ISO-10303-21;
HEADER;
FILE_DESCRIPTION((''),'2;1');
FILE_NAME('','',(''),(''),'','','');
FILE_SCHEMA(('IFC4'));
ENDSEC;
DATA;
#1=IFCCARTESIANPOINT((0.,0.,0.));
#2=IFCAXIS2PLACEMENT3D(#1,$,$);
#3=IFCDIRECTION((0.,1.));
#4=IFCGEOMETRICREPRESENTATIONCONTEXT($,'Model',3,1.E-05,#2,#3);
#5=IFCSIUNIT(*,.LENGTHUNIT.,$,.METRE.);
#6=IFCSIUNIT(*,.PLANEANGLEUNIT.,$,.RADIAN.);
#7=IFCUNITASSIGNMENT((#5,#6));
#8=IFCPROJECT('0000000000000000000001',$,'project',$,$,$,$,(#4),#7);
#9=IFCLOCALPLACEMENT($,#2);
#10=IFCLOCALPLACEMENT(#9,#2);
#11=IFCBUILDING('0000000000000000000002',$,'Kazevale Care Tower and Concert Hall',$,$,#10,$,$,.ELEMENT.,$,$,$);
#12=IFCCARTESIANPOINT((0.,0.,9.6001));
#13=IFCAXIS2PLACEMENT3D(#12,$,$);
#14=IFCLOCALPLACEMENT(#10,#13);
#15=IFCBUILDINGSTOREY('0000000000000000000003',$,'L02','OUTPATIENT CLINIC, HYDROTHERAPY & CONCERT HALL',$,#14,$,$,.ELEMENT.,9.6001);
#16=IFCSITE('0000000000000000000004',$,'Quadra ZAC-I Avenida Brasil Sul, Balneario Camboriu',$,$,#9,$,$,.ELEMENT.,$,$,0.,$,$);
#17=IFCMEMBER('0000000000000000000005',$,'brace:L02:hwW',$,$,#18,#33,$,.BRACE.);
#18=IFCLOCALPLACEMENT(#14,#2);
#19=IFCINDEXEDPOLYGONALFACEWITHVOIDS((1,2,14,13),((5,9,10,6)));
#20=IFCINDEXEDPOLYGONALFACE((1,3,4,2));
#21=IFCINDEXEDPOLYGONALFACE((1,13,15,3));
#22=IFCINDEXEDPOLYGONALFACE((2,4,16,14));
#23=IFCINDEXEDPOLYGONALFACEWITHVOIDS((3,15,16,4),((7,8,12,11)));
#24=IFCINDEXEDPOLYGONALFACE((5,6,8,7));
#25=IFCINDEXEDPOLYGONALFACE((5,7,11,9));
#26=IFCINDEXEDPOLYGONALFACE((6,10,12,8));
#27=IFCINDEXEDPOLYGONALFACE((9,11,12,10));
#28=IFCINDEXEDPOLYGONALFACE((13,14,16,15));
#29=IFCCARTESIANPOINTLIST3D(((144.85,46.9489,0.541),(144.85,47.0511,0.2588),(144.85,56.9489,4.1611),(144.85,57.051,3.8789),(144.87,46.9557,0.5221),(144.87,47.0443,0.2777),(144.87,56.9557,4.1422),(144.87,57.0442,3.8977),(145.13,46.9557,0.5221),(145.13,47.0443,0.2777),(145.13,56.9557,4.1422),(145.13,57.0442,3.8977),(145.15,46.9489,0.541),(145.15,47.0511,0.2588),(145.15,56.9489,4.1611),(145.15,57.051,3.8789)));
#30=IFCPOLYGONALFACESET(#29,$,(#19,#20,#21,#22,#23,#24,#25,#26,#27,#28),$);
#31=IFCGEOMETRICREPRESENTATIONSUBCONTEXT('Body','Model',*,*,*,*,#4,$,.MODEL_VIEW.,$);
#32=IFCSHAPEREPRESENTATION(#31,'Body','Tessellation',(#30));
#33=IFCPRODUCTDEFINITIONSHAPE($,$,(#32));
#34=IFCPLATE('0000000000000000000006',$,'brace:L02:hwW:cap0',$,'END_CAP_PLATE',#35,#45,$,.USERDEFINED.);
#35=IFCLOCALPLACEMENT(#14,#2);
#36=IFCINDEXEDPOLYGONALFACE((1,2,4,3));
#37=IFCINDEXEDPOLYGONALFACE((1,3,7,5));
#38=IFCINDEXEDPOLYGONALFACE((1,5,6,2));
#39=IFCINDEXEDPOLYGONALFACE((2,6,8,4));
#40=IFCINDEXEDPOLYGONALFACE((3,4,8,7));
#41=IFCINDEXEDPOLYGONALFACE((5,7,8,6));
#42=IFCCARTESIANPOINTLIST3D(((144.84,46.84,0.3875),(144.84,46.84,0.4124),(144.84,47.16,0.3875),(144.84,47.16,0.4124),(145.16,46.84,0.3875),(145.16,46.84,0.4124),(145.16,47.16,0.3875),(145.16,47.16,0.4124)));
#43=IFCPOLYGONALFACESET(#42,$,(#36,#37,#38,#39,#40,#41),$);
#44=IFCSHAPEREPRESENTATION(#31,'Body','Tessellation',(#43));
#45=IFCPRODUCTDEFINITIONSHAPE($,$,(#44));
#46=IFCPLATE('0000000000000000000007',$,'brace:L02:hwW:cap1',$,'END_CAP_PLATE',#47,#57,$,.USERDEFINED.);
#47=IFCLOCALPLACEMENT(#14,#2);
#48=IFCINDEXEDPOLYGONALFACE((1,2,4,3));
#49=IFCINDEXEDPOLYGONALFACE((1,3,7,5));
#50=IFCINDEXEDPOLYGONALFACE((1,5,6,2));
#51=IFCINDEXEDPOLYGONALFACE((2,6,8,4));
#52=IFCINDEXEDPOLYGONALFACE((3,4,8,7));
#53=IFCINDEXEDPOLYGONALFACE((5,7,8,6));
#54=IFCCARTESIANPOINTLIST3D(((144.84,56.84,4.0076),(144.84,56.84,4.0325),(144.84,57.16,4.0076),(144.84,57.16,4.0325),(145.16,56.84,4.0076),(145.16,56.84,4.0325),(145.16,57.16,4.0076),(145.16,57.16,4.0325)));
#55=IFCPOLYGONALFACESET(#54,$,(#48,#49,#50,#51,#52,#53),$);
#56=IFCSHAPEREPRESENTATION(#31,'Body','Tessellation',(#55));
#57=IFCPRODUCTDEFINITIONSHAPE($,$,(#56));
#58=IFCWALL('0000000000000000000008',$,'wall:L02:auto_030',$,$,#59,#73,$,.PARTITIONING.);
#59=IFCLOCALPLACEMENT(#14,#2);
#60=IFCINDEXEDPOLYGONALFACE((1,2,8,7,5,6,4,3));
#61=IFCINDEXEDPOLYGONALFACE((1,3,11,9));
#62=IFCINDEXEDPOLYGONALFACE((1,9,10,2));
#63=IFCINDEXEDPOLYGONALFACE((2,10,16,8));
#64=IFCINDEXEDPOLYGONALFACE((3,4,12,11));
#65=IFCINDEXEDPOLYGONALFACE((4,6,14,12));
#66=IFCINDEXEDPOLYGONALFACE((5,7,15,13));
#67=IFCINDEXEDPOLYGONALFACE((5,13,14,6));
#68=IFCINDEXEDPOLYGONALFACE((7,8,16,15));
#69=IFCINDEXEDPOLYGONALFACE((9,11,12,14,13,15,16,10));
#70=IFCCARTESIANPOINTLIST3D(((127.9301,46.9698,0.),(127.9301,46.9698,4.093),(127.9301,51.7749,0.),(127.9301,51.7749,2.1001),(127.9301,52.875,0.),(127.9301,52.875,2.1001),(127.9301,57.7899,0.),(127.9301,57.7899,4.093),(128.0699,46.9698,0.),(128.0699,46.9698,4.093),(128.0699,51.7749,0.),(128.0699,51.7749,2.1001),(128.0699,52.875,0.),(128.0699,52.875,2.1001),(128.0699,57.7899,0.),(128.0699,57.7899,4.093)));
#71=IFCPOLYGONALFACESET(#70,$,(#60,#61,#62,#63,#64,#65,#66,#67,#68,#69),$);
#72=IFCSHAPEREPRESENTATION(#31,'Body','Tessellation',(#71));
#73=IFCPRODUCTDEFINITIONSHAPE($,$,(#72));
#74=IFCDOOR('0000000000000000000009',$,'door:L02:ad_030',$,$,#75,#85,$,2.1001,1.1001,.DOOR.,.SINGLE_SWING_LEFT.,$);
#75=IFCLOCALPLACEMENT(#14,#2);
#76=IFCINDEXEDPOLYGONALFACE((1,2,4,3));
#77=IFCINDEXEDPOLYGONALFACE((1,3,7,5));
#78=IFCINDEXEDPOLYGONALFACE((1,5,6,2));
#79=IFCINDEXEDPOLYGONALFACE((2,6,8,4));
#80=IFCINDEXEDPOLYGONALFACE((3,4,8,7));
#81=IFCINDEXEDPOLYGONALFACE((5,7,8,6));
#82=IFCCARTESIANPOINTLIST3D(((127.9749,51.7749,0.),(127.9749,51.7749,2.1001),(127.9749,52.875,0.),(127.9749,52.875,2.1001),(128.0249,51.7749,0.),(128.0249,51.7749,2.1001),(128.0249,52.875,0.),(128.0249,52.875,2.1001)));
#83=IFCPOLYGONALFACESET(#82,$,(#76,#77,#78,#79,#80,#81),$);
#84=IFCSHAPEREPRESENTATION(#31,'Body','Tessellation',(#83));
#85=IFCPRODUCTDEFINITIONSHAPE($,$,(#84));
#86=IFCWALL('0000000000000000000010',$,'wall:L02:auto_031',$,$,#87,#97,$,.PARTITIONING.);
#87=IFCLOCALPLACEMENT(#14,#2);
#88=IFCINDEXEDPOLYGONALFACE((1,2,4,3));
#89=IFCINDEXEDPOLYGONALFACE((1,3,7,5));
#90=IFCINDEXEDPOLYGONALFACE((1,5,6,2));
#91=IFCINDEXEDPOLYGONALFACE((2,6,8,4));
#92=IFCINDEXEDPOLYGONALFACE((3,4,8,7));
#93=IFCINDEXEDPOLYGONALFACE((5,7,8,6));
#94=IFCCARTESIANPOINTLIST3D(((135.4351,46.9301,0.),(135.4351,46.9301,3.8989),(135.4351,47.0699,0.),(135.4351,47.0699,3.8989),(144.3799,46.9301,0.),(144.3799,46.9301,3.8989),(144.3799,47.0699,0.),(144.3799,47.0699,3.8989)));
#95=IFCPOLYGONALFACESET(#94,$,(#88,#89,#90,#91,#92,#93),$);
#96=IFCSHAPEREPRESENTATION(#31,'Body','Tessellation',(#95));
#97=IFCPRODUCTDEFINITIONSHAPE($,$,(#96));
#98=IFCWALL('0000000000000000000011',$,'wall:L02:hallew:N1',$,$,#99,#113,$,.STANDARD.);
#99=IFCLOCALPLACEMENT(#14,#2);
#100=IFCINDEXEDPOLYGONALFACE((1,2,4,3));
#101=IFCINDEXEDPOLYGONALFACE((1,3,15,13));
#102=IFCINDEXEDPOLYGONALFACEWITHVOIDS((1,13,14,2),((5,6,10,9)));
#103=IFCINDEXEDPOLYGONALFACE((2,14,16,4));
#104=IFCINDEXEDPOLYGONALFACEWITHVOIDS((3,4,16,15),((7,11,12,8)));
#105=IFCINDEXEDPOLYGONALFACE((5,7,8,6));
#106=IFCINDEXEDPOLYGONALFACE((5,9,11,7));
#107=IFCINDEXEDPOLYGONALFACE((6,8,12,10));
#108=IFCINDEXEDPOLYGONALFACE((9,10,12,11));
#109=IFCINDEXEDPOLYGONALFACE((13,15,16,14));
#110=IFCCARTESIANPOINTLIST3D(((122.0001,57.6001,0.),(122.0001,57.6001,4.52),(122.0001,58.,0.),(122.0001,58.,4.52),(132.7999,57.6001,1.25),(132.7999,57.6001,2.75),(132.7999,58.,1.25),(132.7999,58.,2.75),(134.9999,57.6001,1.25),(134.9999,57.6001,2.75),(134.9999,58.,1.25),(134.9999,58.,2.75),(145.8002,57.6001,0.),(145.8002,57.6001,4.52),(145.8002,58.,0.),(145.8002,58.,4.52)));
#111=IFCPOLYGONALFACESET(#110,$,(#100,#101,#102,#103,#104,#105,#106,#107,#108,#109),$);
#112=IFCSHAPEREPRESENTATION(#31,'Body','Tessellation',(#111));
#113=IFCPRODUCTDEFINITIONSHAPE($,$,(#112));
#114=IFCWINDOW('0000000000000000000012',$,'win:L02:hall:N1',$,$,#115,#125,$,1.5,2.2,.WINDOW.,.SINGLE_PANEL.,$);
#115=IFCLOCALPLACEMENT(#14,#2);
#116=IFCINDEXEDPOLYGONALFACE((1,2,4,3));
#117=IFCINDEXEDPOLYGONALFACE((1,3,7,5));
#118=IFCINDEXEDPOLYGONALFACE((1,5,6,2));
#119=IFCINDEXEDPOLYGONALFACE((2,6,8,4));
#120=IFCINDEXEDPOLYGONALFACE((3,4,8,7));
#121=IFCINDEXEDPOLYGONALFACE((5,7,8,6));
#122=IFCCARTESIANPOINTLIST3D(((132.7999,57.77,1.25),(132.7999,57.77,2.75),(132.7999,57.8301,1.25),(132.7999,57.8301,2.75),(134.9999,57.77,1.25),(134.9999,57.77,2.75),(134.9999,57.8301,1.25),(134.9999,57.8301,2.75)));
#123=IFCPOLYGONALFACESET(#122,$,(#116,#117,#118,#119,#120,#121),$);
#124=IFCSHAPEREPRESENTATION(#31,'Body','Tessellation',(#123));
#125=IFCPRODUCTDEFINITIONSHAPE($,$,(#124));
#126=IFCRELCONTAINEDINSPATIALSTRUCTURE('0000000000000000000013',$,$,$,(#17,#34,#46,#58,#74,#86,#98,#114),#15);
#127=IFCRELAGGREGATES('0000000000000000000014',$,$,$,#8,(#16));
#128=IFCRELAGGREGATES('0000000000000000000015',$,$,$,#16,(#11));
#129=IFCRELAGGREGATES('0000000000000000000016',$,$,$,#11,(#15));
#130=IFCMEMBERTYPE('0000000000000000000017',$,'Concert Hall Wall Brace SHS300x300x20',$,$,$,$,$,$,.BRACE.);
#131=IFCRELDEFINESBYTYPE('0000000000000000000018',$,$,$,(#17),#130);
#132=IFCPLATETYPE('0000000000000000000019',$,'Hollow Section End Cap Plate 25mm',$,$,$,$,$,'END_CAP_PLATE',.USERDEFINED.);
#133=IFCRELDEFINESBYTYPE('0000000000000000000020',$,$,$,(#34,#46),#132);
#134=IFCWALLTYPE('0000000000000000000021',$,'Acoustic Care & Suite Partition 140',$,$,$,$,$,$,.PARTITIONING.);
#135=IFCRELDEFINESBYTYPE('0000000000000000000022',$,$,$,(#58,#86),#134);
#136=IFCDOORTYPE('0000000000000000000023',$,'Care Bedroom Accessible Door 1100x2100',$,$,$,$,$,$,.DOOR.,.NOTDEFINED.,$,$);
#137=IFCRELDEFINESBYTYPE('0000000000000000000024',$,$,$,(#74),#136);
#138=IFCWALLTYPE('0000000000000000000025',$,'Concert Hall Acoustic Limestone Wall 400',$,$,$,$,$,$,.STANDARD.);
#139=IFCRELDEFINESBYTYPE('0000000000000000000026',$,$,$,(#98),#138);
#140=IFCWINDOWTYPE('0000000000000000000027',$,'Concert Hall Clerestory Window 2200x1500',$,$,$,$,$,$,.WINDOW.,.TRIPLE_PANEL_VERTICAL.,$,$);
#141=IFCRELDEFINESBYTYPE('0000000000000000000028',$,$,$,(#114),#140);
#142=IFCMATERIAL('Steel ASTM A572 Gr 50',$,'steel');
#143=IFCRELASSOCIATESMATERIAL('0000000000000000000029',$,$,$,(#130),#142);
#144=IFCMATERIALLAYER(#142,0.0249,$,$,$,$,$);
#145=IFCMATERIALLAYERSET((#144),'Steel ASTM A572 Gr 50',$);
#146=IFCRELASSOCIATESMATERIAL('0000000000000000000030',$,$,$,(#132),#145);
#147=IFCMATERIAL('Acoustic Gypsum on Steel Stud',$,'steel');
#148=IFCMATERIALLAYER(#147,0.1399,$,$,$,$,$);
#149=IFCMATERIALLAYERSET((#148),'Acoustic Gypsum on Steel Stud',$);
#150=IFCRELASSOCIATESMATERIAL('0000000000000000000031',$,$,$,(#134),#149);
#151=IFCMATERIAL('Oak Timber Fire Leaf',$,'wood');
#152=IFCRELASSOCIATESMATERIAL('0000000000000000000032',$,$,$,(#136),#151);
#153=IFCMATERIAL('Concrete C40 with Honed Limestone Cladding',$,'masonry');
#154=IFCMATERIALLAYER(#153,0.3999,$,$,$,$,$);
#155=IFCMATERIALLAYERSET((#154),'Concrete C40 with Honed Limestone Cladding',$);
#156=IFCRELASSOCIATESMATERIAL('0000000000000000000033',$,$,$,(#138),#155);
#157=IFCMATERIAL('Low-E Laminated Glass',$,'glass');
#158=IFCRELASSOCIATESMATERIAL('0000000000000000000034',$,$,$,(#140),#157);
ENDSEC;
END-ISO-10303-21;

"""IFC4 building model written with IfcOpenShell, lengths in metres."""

from ifc_helpers import new_model, si_unit, direction, frame, frame_2d, origin, origin_2d, place, context, subcontext, project, spatial, rectangle, hollow_rectangle, extrude, material, layer, layer_set, material_profile, profile_set, type_object, element, fill, save


model = new_model("IFC4")

# Units and contexts
model_context = context("Model", 3, precision=1e-05, world=origin(), true_north=direction((0.0, 1.0)))
body_context = subcontext(model_context, "Body", "Model", "MODEL_VIEW")
ifc_project = project(units=[si_unit("LENGTHUNIT", "METRE"), si_unit("PLANEANGLEUNIT", "RADIAN")], contexts=[model_context])

# Site, building, storey
site_placement = place(None, origin())
site = spatial("IfcSite", under=ifc_project, at=site_placement, Name="Quadra ZAC-I Avenida Brasil Sul, Balneario Camboriu", CompositionType="ELEMENT", RefElevation=0.0)
building_placement = place(site_placement, origin())
building = spatial("IfcBuilding", under=site, at=building_placement, Name="Kazevale Care Tower and Concert Hall", CompositionType="ELEMENT")
storey_placement = place(building_placement, frame((0.0, 0.0, 9.6001)))
storey = spatial("IfcBuildingStorey", under=building, at=storey_placement, Name="L02", Description="OUTPATIENT CLINIC, HYDROTHERAPY & CONCERT HALL", CompositionType="ELEMENT", Elevation=9.6001)

# Shared definitions
ifc_material_1 = material(Name="Steel ASTM A572 Gr 50", Category="steel")

# Member
ifc_material_profile_1 = material_profile(ifc_material_1, hollow_rectangle(XDim=0.3, YDim=0.3, WallThickness=0.02, at=origin_2d()), Name="SHS300x300x20")
ifc_profile_set_1 = profile_set([ifc_material_profile_1], Name="Steel ASTM A572 Gr 50")
member_type = type_object("IfcMemberType", Name="Concert Hall Wall Brace SHS300x300x20", PredefinedType="BRACE", material=ifc_profile_set_1)
member_placement = place(storey_placement, frame((145.0, 47.0, 0.3999), z_axis=(0.0, 0.940283, 0.340393), x_axis=(-1.0, 0.0, 0.0)))
element("IfcMember", 1, at=member_placement, inside=storey, type_object=member_type, Name="brace:L02:hwW", PredefinedType="BRACE", context=body_context, shape_type="SweptSolid", body=[
    extrude(hollow_rectangle(XDim=0.3, YDim=0.3, WallThickness=0.02, at=origin_2d()), origin(), (0.0, 0.0, 1.0), 10.635),
])

# Plates
ifc_layer_1 = layer(ifc_material_1, 0.0249)
ifc_layer_set_1 = layer_set([ifc_layer_1], Name="Steel ASTM A572 Gr 50")
plate_type = type_object("IfcPlateType", Name="Hollow Section End Cap Plate 25mm", ElementType="END_CAP_PLATE", PredefinedType="USERDEFINED", material=ifc_layer_set_1)
for number, where, z_axis, x_axis, name in (
    (2, (145.0, 47.0, 0.3875), (0.0, 0.0, 1.0), (1.0, 0.0, 0.0), "brace:L02:hwW:cap0"),
    (3, (145.0, 57.0, 4.0076), (0.0, 0.0, 1.0), (1.0, 0.0, 0.0), "brace:L02:hwW:cap1"),
):
    element("IfcPlate", number, at=place(storey_placement, frame(where, z_axis=z_axis, x_axis=x_axis)), inside=storey, type_object=plate_type, Name=name, ObjectType="END_CAP_PLATE", PredefinedType="USERDEFINED", context=body_context, shape_type="SweptSolid", body=[
        extrude(rectangle(XDim=0.3201, YDim=0.3201, at=origin_2d()), origin(), (0.0, 0.0, 1.0), 0.0249),
    ])

# Wall, opening, door
ifc_material_2 = material(Name="Acoustic Gypsum on Steel Stud", Category="steel")
ifc_layer_2 = layer(ifc_material_2, 0.1399)
ifc_layer_set_2 = layer_set([ifc_layer_2], Name="Acoustic Gypsum on Steel Stud")
wall_type_1 = type_object("IfcWallType", Name="Acoustic Care & Suite Partition 140", PredefinedType="PARTITIONING", material=ifc_layer_set_2)
wall_1_placement = place(storey_placement, frame((128.0, 57.79, 0.0), z_axis=(0.0, 0.0, 1.0), x_axis=(0.0, -1.0, 0.0)))
wall_1 = element("IfcWall", 4, at=wall_1_placement, inside=storey, type_object=wall_type_1, Name="wall:L02:auto_030", PredefinedType="PARTITIONING", context=body_context, shape_type="SweptSolid", body=[
    extrude(rectangle(XDim=10.8201, YDim=0.1399, at=frame_2d((5.4102, 0.0))), origin(), (0.0, 0.0, 1.0), 4.093),
])
opening_1_placement = place(wall_1_placement, frame((4.915, 0.0, 0.0)))
opening_1 = element("IfcOpeningElement", 5, at=opening_1_placement, cuts=wall_1, PredefinedType="OPENING", context=body_context, shape_type="SweptSolid", body=[
    extrude(rectangle(XDim=1.1001, YDim=2.1001, at=frame_2d((0.55, 1.05))), frame((0.0, 0.0798, 0.0), z_axis=(0.0, -1.0, 0.0), x_axis=(1.0, 0.0, 0.0)), (0.0, 0.0, 1.0), 0.1599),
])
ifc_material_3 = material(Name="Oak Timber Fire Leaf", Category="wood")
door_type = type_object("IfcDoorType", Name="Care Bedroom Accessible Door 1100x2100", OperationType="NOTDEFINED", PredefinedType="DOOR", material=ifc_material_3)
door_placement = place(opening_1_placement, origin())
door = element("IfcDoor", 6, at=door_placement, inside=storey, type_object=door_type, Name="door:L02:ad_030", OperationType="SINGLE_SWING_LEFT", OverallHeight=2.1001, OverallWidth=1.1001, PredefinedType="DOOR", context=body_context, shape_type="SweptSolid", body=[
    extrude(rectangle(XDim=1.1001, YDim=2.1001, at=frame_2d((0.55, 1.05))), frame((0.0, 0.0249, 0.0), z_axis=(0.0, -1.0, 0.0), x_axis=(1.0, 0.0, 0.0)), (0.0, 0.0, 1.0), 0.05),
])
fill(opening_1, door)

# Wall
wall_2_placement = place(storey_placement, frame((144.3799, 47.0, 0.0), z_axis=(0.0, 0.0, 1.0), x_axis=(-1.0, 0.0, 0.0)))
element("IfcWall", 7, at=wall_2_placement, inside=storey, type_object=wall_type_1, Name="wall:L02:auto_031", PredefinedType="PARTITIONING", context=body_context, shape_type="SweptSolid", body=[
    extrude(rectangle(XDim=8.9448, YDim=0.1399, at=frame_2d((4.4724, 0.0))), origin(), (0.0, 0.0, 1.0), 3.8989),
])

# Wall, opening, window
ifc_material_4 = material(Name="Concrete C40 with Honed Limestone Cladding", Category="masonry")
ifc_layer_3 = layer(ifc_material_4, 0.3999)
ifc_layer_set_3 = layer_set([ifc_layer_3], Name="Concrete C40 with Honed Limestone Cladding")
wall_type_2 = type_object("IfcWallType", Name="Concert Hall Acoustic Limestone Wall 400", PredefinedType="STANDARD", material=ifc_layer_set_3)
wall_3_placement = place(storey_placement, frame((145.8, 57.8, 0.0), z_axis=(0.0, 0.0, 1.0), x_axis=(-1.0, 0.0, 0.0)))
wall_3 = element("IfcWall", 8, at=wall_3_placement, inside=storey, type_object=wall_type_2, Name="wall:L02:hallew:N1", PredefinedType="STANDARD", context=body_context, shape_type="SweptSolid", body=[
    extrude(rectangle(XDim=23.8, YDim=0.3999, at=frame_2d((11.8999, 0.0))), origin(), (0.0, 0.0, 1.0), 4.52),
])
opening_2_placement = place(wall_3_placement, frame((10.8, 0.0, 1.25)))
opening_2 = element("IfcOpeningElement", 9, at=opening_2_placement, cuts=wall_3, PredefinedType="OPENING", context=body_context, shape_type="SweptSolid", body=[
    extrude(rectangle(XDim=2.2, YDim=1.5, at=frame_2d((1.1001, 0.75))), frame((0.0, 0.21, 0.0), z_axis=(0.0, -1.0, 0.0), x_axis=(1.0, 0.0, 0.0)), (0.0, 0.0, 1.0), 0.4199),
])
ifc_material_5 = material(Name="Low-E Laminated Glass", Category="glass")
window_type = type_object("IfcWindowType", Name="Concert Hall Clerestory Window 2200x1500", PartitioningType="TRIPLE_PANEL_VERTICAL", PredefinedType="WINDOW", material=ifc_material_5)
window_placement = place(opening_2_placement, origin())
window = element("IfcWindow", 10, at=window_placement, inside=storey, type_object=window_type, Name="win:L02:hall:N1", OverallHeight=1.5, OverallWidth=2.2, PartitioningType="SINGLE_PANEL", PredefinedType="WINDOW", context=body_context, shape_type="SweptSolid", body=[
    extrude(rectangle(XDim=2.2, YDim=1.5, at=frame_2d((1.1001, 0.75))), frame((0.0, 0.03, 0.0), z_axis=(0.0, -1.0, 0.0), x_axis=(1.0, 0.0, 0.0)), (0.0, 0.0, 1.0), 0.0601),
])
fill(opening_2, window)

save(model, "model.ifc")
